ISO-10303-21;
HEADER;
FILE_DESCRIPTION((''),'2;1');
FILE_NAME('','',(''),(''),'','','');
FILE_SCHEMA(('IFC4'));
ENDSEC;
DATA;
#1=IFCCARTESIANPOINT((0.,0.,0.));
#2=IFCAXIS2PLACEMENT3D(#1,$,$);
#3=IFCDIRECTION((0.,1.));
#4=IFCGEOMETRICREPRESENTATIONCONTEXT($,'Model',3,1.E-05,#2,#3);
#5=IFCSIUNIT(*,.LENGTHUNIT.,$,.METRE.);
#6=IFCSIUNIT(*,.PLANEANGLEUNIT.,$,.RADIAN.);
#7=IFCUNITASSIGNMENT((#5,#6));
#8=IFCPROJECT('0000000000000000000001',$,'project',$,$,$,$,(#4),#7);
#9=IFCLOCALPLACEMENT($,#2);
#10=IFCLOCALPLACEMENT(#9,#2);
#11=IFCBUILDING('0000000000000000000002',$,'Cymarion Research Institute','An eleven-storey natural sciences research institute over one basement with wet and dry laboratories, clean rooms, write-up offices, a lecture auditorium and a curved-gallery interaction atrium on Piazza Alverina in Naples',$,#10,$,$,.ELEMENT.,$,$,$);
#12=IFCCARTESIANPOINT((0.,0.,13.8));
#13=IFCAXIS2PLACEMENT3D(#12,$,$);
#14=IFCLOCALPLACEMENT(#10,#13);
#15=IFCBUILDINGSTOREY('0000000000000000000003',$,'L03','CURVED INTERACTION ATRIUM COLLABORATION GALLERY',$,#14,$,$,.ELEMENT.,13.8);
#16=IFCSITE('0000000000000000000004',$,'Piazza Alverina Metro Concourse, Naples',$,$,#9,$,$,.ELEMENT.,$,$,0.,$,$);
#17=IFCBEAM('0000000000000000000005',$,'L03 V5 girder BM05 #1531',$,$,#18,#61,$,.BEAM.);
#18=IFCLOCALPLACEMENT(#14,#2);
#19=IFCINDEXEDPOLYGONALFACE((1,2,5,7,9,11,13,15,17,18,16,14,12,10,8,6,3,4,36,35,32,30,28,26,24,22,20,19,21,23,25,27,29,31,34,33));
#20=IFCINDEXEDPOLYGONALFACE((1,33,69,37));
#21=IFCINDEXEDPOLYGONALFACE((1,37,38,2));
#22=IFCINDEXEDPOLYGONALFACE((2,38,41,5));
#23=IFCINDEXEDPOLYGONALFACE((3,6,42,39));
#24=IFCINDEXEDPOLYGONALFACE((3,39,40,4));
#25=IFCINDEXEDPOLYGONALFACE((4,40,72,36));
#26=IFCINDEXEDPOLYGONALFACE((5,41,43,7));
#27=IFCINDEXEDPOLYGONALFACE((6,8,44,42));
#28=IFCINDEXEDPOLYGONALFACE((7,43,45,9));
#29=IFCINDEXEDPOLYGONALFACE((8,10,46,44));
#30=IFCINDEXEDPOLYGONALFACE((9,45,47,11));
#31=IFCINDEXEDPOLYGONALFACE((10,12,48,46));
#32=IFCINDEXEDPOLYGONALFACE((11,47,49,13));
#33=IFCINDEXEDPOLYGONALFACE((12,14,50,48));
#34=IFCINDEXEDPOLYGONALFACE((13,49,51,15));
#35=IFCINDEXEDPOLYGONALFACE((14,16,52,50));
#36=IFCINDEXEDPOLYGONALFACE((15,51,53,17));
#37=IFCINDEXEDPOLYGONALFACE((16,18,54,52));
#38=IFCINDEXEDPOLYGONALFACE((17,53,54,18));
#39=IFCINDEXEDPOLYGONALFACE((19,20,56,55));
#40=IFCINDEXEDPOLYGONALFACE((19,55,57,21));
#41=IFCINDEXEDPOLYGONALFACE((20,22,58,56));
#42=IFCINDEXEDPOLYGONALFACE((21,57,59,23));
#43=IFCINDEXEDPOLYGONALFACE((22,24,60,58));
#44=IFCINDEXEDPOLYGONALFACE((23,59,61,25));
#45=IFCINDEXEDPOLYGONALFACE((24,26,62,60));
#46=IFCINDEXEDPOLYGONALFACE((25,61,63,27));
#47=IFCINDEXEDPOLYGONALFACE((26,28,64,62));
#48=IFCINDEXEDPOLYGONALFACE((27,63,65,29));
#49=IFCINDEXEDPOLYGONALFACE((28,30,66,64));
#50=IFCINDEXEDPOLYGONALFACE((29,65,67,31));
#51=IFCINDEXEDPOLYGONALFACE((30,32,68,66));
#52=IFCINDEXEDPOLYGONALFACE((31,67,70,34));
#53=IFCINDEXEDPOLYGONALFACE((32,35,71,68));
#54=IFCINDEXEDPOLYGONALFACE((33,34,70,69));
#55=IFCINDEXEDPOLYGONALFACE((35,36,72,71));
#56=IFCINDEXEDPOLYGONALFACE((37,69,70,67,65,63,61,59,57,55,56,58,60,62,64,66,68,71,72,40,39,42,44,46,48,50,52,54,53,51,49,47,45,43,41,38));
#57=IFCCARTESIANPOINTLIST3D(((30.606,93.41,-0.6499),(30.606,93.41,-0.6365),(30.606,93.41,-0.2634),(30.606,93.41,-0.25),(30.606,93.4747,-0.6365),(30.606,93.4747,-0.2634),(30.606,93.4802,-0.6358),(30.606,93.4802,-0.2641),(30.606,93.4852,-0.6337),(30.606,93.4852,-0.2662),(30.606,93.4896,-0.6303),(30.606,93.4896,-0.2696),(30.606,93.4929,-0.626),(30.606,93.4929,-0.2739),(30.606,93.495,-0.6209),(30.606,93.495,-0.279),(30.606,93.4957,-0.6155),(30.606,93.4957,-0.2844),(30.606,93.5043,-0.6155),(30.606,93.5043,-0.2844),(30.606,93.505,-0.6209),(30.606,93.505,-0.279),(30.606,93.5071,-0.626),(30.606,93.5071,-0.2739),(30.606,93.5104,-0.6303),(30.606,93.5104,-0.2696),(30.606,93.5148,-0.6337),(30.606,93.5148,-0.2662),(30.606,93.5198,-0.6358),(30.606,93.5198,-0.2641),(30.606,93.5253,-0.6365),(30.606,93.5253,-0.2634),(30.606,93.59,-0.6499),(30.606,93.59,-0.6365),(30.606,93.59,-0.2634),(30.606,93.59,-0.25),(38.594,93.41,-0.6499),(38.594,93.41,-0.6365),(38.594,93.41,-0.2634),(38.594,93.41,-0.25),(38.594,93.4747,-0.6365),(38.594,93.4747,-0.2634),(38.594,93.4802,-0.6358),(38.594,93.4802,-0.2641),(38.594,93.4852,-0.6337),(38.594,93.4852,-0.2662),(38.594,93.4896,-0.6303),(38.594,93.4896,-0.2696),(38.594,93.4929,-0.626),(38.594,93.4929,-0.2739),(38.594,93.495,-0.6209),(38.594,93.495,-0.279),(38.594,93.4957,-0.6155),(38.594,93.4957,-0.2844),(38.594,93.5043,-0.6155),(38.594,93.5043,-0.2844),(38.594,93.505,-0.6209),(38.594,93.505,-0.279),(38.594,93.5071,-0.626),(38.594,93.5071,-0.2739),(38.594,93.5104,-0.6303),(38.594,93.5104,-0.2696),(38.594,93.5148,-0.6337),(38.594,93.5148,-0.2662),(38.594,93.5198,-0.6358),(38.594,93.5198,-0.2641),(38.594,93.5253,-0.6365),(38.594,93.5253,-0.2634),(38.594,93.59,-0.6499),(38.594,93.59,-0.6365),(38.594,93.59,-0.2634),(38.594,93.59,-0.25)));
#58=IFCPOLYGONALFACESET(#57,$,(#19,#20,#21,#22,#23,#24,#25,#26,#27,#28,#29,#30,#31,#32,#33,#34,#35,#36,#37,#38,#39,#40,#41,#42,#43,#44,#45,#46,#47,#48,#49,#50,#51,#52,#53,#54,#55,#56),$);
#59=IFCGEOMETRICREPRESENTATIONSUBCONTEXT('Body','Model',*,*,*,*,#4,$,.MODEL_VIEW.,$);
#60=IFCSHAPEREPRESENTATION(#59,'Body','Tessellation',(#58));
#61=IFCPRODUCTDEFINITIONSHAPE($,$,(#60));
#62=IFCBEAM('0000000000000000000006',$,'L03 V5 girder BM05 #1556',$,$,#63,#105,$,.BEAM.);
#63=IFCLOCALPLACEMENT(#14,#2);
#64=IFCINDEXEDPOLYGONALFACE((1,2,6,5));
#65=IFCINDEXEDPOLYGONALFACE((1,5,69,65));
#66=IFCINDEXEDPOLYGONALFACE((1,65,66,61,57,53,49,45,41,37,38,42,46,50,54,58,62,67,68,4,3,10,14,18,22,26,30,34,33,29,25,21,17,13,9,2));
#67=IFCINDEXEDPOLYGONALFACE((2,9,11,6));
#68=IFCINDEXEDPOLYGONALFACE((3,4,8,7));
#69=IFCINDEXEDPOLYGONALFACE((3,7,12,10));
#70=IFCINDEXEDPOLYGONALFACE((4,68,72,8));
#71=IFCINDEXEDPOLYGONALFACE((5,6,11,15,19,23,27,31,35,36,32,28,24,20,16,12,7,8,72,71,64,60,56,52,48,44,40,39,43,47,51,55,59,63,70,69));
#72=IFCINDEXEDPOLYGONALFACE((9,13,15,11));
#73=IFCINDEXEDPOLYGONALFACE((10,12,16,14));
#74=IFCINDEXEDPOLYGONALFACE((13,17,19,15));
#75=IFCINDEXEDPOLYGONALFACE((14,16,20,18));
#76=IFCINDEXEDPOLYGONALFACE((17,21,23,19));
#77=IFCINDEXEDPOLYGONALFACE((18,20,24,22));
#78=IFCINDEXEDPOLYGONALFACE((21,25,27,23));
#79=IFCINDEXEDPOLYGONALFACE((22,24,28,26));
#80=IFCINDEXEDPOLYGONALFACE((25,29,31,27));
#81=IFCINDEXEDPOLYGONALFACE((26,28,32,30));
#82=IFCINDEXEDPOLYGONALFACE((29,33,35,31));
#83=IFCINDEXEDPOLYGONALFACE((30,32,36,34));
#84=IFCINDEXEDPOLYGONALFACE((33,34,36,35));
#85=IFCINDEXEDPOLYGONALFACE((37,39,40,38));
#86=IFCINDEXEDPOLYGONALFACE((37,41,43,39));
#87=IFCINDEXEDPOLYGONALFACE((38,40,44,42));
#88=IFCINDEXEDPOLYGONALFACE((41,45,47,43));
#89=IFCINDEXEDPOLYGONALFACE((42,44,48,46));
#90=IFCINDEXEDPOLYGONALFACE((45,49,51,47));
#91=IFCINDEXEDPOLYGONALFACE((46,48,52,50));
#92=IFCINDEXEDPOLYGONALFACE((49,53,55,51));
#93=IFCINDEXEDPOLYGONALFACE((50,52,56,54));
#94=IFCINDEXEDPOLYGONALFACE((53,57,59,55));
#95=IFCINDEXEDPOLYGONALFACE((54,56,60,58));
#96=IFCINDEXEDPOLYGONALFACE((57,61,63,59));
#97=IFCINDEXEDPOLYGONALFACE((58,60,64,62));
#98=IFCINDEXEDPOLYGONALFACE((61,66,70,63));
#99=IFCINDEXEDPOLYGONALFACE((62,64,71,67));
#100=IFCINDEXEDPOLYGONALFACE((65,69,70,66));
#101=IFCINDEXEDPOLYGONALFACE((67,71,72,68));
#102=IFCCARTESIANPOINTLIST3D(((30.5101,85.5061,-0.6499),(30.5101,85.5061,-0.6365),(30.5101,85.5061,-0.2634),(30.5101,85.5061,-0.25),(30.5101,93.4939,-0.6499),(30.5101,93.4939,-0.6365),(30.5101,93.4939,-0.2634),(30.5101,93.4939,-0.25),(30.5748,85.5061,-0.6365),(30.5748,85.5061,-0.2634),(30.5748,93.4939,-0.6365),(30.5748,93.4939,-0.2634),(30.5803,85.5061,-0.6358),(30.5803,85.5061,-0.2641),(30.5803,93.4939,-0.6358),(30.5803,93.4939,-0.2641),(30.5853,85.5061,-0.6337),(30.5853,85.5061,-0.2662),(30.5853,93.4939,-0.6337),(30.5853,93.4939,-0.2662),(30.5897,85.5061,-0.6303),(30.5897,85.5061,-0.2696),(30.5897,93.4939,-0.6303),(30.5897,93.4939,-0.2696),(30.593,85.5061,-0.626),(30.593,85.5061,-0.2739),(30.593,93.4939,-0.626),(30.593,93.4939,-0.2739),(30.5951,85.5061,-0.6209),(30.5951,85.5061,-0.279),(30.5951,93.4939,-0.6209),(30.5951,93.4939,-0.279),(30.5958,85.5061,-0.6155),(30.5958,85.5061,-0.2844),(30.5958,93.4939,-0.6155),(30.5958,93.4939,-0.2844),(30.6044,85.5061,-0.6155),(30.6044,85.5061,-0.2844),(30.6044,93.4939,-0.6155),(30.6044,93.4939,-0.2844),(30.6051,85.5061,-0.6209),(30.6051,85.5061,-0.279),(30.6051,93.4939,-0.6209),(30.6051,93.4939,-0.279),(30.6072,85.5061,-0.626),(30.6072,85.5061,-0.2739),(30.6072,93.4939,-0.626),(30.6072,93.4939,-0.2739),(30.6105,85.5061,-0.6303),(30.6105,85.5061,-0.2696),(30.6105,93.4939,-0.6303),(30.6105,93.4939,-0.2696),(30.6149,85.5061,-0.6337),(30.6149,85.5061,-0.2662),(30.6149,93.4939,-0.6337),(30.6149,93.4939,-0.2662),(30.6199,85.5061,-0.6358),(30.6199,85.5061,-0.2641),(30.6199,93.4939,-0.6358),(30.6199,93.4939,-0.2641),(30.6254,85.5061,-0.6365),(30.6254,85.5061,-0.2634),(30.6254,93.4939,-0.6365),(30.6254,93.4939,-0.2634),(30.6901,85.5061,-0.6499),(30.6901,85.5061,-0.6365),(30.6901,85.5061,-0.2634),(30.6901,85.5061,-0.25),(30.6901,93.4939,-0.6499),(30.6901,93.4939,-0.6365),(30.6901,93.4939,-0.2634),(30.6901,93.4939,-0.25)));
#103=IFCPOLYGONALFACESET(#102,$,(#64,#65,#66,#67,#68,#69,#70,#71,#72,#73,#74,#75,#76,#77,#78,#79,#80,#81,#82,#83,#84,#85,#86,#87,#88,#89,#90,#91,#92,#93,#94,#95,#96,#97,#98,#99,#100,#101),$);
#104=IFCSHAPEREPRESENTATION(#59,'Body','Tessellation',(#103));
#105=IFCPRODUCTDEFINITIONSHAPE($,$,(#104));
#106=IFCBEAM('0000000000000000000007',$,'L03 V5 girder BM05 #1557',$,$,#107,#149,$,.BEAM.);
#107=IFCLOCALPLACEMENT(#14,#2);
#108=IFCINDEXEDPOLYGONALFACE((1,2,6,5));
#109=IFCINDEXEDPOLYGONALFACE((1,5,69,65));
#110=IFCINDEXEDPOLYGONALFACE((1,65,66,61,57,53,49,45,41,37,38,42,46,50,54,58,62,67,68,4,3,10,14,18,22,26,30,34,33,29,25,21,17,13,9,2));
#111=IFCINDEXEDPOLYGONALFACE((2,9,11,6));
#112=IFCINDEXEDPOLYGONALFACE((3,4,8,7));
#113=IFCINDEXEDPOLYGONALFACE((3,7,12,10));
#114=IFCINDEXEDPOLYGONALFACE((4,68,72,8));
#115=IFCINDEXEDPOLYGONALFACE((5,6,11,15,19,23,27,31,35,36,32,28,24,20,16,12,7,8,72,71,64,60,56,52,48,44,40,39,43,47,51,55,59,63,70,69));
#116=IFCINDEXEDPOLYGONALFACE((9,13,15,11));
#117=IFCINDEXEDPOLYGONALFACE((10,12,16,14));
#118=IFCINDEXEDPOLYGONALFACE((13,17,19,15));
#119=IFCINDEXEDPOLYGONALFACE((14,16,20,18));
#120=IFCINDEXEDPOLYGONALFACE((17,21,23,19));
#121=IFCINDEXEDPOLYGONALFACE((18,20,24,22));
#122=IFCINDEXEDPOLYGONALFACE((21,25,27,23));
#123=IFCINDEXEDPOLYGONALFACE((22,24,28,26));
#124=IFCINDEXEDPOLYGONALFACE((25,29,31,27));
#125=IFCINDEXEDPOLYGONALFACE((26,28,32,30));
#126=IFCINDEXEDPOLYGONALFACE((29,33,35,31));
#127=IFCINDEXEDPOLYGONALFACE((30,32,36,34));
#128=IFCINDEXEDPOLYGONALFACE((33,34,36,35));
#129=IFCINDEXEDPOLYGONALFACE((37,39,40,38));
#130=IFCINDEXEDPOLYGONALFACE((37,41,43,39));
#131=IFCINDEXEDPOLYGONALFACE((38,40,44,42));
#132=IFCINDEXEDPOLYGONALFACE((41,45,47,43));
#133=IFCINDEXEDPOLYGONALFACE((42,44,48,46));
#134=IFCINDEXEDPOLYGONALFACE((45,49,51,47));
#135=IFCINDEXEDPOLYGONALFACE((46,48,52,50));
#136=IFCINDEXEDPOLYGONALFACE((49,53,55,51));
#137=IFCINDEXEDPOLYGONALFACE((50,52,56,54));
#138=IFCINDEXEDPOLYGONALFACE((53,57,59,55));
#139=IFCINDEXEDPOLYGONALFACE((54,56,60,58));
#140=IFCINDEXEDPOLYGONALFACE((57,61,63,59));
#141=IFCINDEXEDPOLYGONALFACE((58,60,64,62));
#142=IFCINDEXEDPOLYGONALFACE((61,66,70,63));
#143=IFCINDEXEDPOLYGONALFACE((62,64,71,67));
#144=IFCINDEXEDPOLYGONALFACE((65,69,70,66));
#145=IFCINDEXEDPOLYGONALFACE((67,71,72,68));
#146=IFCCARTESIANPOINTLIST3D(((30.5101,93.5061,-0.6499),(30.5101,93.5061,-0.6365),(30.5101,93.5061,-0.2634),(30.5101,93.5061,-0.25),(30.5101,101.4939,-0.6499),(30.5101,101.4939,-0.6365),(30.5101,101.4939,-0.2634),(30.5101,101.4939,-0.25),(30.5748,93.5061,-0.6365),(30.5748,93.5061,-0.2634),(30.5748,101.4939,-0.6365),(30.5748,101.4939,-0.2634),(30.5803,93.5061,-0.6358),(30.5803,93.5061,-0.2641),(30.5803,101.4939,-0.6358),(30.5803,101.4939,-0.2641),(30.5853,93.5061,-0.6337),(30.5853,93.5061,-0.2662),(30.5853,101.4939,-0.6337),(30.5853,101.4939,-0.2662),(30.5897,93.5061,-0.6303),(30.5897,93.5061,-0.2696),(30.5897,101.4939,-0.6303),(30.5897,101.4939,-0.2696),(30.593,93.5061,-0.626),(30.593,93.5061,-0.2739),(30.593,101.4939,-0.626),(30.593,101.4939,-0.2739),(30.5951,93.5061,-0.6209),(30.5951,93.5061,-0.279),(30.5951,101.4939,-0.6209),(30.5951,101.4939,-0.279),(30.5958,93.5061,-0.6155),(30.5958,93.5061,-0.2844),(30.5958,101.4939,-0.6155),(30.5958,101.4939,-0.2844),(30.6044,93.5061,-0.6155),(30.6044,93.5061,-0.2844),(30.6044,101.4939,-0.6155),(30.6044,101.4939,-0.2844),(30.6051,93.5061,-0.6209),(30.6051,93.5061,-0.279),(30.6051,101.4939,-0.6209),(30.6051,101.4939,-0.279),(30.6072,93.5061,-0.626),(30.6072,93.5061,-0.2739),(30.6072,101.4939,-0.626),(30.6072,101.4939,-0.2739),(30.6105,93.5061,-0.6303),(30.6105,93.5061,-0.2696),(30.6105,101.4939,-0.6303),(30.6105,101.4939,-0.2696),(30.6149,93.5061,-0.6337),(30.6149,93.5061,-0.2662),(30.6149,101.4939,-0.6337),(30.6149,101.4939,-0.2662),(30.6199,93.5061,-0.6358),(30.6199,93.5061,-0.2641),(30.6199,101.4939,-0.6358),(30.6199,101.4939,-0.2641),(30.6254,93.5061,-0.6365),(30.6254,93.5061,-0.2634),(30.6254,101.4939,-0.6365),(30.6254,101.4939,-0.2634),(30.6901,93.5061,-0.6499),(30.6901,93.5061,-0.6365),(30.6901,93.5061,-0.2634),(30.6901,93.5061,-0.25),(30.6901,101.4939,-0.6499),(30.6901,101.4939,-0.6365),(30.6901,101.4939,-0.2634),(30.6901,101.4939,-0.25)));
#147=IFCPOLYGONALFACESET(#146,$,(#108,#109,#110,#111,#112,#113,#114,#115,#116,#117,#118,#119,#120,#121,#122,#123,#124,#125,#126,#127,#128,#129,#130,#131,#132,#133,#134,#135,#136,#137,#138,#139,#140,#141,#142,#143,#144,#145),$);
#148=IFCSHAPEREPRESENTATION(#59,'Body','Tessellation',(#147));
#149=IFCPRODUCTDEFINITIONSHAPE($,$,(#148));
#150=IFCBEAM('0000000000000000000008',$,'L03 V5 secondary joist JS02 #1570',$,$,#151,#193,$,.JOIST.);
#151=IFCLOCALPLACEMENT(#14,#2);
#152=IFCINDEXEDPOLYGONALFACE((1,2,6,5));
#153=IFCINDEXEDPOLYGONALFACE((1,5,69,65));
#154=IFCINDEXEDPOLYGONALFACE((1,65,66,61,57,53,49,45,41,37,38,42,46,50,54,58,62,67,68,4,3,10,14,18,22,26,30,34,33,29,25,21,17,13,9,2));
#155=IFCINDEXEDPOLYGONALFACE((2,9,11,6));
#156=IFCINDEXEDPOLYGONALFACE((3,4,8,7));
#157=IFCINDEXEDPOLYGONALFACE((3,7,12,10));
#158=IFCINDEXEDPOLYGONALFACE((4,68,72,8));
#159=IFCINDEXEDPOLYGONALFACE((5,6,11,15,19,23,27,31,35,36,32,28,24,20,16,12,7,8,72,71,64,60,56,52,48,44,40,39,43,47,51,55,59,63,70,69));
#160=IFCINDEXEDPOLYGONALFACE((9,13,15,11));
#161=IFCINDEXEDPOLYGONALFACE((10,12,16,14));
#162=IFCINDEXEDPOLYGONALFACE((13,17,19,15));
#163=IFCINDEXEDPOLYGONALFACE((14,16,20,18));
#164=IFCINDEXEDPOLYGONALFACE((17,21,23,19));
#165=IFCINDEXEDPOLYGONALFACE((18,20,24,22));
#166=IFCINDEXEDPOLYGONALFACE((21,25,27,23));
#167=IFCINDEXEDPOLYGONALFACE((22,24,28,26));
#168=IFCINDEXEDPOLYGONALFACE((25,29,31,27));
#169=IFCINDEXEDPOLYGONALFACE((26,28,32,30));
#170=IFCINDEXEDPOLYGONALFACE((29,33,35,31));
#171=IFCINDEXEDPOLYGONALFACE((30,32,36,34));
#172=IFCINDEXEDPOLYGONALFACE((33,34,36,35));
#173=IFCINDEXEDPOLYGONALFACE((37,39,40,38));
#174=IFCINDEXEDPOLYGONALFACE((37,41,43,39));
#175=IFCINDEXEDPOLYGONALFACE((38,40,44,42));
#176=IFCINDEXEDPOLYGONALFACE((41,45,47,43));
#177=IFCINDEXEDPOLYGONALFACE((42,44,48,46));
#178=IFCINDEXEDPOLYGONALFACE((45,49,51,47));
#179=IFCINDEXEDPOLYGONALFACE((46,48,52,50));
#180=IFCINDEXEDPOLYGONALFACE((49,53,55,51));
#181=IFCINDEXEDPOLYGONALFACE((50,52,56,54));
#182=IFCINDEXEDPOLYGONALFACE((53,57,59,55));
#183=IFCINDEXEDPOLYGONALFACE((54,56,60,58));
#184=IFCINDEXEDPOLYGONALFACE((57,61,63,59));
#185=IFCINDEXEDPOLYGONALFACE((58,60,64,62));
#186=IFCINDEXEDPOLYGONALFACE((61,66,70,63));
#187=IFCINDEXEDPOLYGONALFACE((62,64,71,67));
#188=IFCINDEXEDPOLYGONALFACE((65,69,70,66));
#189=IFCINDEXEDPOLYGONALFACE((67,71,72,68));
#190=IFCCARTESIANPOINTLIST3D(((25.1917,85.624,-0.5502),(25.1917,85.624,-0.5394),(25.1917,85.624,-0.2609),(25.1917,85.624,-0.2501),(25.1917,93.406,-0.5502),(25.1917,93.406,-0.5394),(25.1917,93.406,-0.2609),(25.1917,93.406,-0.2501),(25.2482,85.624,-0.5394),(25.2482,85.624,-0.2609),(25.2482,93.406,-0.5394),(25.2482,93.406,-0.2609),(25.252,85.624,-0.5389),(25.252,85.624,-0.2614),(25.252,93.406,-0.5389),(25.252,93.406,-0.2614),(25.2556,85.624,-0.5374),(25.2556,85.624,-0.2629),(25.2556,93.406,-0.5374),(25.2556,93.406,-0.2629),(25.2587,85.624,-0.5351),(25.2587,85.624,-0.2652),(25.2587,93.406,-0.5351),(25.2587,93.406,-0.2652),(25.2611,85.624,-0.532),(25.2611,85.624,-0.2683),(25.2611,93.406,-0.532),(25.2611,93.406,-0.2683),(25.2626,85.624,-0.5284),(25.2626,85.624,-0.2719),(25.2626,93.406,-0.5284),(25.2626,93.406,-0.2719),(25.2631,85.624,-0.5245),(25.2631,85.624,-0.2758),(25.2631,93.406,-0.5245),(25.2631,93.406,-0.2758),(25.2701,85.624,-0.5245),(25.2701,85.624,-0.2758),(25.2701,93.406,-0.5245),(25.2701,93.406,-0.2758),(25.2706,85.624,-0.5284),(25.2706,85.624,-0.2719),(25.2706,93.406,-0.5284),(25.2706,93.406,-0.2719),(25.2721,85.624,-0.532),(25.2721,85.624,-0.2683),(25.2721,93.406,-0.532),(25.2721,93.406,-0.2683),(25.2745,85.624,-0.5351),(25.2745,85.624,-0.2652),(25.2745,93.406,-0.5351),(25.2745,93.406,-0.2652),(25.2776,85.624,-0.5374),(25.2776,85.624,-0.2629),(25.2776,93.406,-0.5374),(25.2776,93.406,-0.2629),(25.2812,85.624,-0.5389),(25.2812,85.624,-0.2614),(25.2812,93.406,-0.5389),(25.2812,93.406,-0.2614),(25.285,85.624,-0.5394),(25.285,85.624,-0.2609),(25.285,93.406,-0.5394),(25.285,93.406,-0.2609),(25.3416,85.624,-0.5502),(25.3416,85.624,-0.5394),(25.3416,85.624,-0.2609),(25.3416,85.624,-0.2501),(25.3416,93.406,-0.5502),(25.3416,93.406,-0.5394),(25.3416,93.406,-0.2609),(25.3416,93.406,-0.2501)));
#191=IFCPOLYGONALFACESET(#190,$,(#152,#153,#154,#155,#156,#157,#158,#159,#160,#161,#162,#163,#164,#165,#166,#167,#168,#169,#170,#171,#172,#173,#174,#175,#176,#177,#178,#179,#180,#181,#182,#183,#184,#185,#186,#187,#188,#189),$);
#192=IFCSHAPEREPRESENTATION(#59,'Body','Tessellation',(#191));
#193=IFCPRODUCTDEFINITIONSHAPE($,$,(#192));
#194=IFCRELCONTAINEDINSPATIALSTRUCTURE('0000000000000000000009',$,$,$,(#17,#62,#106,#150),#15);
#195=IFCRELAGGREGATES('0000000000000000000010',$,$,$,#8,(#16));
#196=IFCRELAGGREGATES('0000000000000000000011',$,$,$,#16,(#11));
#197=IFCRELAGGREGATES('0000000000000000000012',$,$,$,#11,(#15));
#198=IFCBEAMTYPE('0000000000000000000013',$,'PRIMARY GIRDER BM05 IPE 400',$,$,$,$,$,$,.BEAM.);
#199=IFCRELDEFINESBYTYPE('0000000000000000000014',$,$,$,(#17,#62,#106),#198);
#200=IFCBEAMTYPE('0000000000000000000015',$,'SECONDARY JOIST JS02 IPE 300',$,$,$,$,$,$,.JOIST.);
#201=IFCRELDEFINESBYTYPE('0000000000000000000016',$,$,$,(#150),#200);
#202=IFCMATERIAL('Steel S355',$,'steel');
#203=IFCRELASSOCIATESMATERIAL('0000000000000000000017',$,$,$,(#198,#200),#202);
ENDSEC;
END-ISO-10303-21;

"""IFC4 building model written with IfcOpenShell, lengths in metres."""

from ifc_helpers import new_model, si_unit, direction, frame, origin, origin_2d, place, context, subcontext, project, spatial, i_section, extrude, material, material_profile, profile_set, type_object, element, save


model = new_model("IFC4")

# Units and contexts
model_context = context("Model", 3, precision=1e-05, world=origin(), true_north=direction((0.0, 1.0)))
body_context = subcontext(model_context, "Body", "Model", "MODEL_VIEW")
ifc_project = project(units=[si_unit("LENGTHUNIT", "METRE"), si_unit("PLANEANGLEUNIT", "RADIAN")], contexts=[model_context])

# Site, building, storey
site_placement = place(None, origin())
site = spatial("IfcSite", under=ifc_project, at=site_placement, Name="Piazza Alverina Metro Concourse, Naples", CompositionType="ELEMENT", RefElevation=0.0)
building_placement = place(site_placement, origin())
building = spatial("IfcBuilding", under=site, at=building_placement, Name="Cymarion Research Institute", Description="An eleven-storey natural sciences research institute over one basement with wet and dry laboratories, clean rooms, write-up offices, a lecture auditorium and a curved-gallery interaction atrium on Piazza Alverina in Naples", CompositionType="ELEMENT")
storey_placement = place(building_placement, frame((0.0, 0.0, 13.8)))
storey = spatial("IfcBuildingStorey", under=building, at=storey_placement, Name="L03", Description="CURVED INTERACTION ATRIUM COLLABORATION GALLERY", CompositionType="ELEMENT", Elevation=13.8)

# Shared definitions
ifc_material_1 = material(Name="Steel S355", Category="steel")

# Beams
ifc_material_profile_1 = material_profile(ifc_material_1, i_section(OverallWidth=0.1799, OverallDepth=0.3999, WebThickness=0.0085, FlangeThickness=0.0134, FilletRadius=0.021, at=origin_2d()), Name="IPE 400")
ifc_profile_set_1 = profile_set([ifc_material_profile_1], Name="Steel S355")
beam_type_1 = type_object("IfcBeamType", Name="PRIMARY GIRDER BM05 IPE 400", PredefinedType="BEAM", material=ifc_profile_set_1)
beam_placement = place(storey_placement, frame((30.606, 93.5, -0.45), z_axis=(1.0, 0.0, 0.0), x_axis=(0.0, 1.0, 0.0)))
element("IfcBeam", 1, at=beam_placement, inside=storey, type_object=beam_type_1, Name="L03 V5 girder BM05 #1531", PredefinedType="BEAM", context=body_context, shape_type="SweptSolid", body=[
    extrude(i_section(OverallWidth=0.1799, OverallDepth=0.3999, WebThickness=0.0085, FlangeThickness=0.0134, FilletRadius=0.021, at=origin_2d()), origin(), (0.0, 0.0, 1.0), 7.988),
])
for number, where, z_axis, x_axis, name in (
    (2, (30.6001, 85.5061, -0.45), (0.0, 1.0, 0.0), (-1.0, 0.0, 0.0), "L03 V5 girder BM05 #1556"),
    (3, (30.6001, 93.5061, -0.45), (0.0, 1.0, 0.0), (-1.0, 0.0, 0.0), "L03 V5 girder BM05 #1557"),
):
    element("IfcBeam", number, at=place(storey_placement, frame(where, z_axis=z_axis, x_axis=x_axis)), inside=storey, type_object=beam_type_1, Name=name, PredefinedType="BEAM", context=body_context, shape_type="SweptSolid", body=[
        extrude(i_section(OverallWidth=0.1799, OverallDepth=0.3999, WebThickness=0.0085, FlangeThickness=0.0134, FilletRadius=0.021, at=origin_2d()), origin(), (0.0, 0.0, 1.0), 7.9878),
    ])
ifc_material_profile_2 = material_profile(ifc_material_1, i_section(OverallWidth=0.1499, OverallDepth=0.3, WebThickness=0.0071, FlangeThickness=0.0107, FilletRadius=0.0149, at=origin_2d()), Name="IPE 300")
ifc_profile_set_2 = profile_set([ifc_material_profile_2], Name="Steel S355")
beam_type_2 = type_object("IfcBeamType", Name="SECONDARY JOIST JS02 IPE 300", PredefinedType="JOIST", material=ifc_profile_set_2)
for number, where, z_axis, x_axis, name in (
    (4, (25.2666, 85.624, -0.4001), (0.0, 1.0, 0.0), (-1.0, 0.0, 0.0), "L03 V5 secondary joist JS02 #1570"),
):
    element("IfcBeam", number, at=place(storey_placement, frame(where, z_axis=z_axis, x_axis=x_axis)), inside=storey, type_object=beam_type_2, Name=name, PredefinedType="JOIST", context=body_context, shape_type="SweptSolid", body=[
        extrude(i_section(OverallWidth=0.1499, OverallDepth=0.3, WebThickness=0.0071, FlangeThickness=0.0107, FilletRadius=0.0149, at=origin_2d()), origin(), (0.0, 0.0, 1.0), 7.782),
    ])

save(model, "model.ifc")
